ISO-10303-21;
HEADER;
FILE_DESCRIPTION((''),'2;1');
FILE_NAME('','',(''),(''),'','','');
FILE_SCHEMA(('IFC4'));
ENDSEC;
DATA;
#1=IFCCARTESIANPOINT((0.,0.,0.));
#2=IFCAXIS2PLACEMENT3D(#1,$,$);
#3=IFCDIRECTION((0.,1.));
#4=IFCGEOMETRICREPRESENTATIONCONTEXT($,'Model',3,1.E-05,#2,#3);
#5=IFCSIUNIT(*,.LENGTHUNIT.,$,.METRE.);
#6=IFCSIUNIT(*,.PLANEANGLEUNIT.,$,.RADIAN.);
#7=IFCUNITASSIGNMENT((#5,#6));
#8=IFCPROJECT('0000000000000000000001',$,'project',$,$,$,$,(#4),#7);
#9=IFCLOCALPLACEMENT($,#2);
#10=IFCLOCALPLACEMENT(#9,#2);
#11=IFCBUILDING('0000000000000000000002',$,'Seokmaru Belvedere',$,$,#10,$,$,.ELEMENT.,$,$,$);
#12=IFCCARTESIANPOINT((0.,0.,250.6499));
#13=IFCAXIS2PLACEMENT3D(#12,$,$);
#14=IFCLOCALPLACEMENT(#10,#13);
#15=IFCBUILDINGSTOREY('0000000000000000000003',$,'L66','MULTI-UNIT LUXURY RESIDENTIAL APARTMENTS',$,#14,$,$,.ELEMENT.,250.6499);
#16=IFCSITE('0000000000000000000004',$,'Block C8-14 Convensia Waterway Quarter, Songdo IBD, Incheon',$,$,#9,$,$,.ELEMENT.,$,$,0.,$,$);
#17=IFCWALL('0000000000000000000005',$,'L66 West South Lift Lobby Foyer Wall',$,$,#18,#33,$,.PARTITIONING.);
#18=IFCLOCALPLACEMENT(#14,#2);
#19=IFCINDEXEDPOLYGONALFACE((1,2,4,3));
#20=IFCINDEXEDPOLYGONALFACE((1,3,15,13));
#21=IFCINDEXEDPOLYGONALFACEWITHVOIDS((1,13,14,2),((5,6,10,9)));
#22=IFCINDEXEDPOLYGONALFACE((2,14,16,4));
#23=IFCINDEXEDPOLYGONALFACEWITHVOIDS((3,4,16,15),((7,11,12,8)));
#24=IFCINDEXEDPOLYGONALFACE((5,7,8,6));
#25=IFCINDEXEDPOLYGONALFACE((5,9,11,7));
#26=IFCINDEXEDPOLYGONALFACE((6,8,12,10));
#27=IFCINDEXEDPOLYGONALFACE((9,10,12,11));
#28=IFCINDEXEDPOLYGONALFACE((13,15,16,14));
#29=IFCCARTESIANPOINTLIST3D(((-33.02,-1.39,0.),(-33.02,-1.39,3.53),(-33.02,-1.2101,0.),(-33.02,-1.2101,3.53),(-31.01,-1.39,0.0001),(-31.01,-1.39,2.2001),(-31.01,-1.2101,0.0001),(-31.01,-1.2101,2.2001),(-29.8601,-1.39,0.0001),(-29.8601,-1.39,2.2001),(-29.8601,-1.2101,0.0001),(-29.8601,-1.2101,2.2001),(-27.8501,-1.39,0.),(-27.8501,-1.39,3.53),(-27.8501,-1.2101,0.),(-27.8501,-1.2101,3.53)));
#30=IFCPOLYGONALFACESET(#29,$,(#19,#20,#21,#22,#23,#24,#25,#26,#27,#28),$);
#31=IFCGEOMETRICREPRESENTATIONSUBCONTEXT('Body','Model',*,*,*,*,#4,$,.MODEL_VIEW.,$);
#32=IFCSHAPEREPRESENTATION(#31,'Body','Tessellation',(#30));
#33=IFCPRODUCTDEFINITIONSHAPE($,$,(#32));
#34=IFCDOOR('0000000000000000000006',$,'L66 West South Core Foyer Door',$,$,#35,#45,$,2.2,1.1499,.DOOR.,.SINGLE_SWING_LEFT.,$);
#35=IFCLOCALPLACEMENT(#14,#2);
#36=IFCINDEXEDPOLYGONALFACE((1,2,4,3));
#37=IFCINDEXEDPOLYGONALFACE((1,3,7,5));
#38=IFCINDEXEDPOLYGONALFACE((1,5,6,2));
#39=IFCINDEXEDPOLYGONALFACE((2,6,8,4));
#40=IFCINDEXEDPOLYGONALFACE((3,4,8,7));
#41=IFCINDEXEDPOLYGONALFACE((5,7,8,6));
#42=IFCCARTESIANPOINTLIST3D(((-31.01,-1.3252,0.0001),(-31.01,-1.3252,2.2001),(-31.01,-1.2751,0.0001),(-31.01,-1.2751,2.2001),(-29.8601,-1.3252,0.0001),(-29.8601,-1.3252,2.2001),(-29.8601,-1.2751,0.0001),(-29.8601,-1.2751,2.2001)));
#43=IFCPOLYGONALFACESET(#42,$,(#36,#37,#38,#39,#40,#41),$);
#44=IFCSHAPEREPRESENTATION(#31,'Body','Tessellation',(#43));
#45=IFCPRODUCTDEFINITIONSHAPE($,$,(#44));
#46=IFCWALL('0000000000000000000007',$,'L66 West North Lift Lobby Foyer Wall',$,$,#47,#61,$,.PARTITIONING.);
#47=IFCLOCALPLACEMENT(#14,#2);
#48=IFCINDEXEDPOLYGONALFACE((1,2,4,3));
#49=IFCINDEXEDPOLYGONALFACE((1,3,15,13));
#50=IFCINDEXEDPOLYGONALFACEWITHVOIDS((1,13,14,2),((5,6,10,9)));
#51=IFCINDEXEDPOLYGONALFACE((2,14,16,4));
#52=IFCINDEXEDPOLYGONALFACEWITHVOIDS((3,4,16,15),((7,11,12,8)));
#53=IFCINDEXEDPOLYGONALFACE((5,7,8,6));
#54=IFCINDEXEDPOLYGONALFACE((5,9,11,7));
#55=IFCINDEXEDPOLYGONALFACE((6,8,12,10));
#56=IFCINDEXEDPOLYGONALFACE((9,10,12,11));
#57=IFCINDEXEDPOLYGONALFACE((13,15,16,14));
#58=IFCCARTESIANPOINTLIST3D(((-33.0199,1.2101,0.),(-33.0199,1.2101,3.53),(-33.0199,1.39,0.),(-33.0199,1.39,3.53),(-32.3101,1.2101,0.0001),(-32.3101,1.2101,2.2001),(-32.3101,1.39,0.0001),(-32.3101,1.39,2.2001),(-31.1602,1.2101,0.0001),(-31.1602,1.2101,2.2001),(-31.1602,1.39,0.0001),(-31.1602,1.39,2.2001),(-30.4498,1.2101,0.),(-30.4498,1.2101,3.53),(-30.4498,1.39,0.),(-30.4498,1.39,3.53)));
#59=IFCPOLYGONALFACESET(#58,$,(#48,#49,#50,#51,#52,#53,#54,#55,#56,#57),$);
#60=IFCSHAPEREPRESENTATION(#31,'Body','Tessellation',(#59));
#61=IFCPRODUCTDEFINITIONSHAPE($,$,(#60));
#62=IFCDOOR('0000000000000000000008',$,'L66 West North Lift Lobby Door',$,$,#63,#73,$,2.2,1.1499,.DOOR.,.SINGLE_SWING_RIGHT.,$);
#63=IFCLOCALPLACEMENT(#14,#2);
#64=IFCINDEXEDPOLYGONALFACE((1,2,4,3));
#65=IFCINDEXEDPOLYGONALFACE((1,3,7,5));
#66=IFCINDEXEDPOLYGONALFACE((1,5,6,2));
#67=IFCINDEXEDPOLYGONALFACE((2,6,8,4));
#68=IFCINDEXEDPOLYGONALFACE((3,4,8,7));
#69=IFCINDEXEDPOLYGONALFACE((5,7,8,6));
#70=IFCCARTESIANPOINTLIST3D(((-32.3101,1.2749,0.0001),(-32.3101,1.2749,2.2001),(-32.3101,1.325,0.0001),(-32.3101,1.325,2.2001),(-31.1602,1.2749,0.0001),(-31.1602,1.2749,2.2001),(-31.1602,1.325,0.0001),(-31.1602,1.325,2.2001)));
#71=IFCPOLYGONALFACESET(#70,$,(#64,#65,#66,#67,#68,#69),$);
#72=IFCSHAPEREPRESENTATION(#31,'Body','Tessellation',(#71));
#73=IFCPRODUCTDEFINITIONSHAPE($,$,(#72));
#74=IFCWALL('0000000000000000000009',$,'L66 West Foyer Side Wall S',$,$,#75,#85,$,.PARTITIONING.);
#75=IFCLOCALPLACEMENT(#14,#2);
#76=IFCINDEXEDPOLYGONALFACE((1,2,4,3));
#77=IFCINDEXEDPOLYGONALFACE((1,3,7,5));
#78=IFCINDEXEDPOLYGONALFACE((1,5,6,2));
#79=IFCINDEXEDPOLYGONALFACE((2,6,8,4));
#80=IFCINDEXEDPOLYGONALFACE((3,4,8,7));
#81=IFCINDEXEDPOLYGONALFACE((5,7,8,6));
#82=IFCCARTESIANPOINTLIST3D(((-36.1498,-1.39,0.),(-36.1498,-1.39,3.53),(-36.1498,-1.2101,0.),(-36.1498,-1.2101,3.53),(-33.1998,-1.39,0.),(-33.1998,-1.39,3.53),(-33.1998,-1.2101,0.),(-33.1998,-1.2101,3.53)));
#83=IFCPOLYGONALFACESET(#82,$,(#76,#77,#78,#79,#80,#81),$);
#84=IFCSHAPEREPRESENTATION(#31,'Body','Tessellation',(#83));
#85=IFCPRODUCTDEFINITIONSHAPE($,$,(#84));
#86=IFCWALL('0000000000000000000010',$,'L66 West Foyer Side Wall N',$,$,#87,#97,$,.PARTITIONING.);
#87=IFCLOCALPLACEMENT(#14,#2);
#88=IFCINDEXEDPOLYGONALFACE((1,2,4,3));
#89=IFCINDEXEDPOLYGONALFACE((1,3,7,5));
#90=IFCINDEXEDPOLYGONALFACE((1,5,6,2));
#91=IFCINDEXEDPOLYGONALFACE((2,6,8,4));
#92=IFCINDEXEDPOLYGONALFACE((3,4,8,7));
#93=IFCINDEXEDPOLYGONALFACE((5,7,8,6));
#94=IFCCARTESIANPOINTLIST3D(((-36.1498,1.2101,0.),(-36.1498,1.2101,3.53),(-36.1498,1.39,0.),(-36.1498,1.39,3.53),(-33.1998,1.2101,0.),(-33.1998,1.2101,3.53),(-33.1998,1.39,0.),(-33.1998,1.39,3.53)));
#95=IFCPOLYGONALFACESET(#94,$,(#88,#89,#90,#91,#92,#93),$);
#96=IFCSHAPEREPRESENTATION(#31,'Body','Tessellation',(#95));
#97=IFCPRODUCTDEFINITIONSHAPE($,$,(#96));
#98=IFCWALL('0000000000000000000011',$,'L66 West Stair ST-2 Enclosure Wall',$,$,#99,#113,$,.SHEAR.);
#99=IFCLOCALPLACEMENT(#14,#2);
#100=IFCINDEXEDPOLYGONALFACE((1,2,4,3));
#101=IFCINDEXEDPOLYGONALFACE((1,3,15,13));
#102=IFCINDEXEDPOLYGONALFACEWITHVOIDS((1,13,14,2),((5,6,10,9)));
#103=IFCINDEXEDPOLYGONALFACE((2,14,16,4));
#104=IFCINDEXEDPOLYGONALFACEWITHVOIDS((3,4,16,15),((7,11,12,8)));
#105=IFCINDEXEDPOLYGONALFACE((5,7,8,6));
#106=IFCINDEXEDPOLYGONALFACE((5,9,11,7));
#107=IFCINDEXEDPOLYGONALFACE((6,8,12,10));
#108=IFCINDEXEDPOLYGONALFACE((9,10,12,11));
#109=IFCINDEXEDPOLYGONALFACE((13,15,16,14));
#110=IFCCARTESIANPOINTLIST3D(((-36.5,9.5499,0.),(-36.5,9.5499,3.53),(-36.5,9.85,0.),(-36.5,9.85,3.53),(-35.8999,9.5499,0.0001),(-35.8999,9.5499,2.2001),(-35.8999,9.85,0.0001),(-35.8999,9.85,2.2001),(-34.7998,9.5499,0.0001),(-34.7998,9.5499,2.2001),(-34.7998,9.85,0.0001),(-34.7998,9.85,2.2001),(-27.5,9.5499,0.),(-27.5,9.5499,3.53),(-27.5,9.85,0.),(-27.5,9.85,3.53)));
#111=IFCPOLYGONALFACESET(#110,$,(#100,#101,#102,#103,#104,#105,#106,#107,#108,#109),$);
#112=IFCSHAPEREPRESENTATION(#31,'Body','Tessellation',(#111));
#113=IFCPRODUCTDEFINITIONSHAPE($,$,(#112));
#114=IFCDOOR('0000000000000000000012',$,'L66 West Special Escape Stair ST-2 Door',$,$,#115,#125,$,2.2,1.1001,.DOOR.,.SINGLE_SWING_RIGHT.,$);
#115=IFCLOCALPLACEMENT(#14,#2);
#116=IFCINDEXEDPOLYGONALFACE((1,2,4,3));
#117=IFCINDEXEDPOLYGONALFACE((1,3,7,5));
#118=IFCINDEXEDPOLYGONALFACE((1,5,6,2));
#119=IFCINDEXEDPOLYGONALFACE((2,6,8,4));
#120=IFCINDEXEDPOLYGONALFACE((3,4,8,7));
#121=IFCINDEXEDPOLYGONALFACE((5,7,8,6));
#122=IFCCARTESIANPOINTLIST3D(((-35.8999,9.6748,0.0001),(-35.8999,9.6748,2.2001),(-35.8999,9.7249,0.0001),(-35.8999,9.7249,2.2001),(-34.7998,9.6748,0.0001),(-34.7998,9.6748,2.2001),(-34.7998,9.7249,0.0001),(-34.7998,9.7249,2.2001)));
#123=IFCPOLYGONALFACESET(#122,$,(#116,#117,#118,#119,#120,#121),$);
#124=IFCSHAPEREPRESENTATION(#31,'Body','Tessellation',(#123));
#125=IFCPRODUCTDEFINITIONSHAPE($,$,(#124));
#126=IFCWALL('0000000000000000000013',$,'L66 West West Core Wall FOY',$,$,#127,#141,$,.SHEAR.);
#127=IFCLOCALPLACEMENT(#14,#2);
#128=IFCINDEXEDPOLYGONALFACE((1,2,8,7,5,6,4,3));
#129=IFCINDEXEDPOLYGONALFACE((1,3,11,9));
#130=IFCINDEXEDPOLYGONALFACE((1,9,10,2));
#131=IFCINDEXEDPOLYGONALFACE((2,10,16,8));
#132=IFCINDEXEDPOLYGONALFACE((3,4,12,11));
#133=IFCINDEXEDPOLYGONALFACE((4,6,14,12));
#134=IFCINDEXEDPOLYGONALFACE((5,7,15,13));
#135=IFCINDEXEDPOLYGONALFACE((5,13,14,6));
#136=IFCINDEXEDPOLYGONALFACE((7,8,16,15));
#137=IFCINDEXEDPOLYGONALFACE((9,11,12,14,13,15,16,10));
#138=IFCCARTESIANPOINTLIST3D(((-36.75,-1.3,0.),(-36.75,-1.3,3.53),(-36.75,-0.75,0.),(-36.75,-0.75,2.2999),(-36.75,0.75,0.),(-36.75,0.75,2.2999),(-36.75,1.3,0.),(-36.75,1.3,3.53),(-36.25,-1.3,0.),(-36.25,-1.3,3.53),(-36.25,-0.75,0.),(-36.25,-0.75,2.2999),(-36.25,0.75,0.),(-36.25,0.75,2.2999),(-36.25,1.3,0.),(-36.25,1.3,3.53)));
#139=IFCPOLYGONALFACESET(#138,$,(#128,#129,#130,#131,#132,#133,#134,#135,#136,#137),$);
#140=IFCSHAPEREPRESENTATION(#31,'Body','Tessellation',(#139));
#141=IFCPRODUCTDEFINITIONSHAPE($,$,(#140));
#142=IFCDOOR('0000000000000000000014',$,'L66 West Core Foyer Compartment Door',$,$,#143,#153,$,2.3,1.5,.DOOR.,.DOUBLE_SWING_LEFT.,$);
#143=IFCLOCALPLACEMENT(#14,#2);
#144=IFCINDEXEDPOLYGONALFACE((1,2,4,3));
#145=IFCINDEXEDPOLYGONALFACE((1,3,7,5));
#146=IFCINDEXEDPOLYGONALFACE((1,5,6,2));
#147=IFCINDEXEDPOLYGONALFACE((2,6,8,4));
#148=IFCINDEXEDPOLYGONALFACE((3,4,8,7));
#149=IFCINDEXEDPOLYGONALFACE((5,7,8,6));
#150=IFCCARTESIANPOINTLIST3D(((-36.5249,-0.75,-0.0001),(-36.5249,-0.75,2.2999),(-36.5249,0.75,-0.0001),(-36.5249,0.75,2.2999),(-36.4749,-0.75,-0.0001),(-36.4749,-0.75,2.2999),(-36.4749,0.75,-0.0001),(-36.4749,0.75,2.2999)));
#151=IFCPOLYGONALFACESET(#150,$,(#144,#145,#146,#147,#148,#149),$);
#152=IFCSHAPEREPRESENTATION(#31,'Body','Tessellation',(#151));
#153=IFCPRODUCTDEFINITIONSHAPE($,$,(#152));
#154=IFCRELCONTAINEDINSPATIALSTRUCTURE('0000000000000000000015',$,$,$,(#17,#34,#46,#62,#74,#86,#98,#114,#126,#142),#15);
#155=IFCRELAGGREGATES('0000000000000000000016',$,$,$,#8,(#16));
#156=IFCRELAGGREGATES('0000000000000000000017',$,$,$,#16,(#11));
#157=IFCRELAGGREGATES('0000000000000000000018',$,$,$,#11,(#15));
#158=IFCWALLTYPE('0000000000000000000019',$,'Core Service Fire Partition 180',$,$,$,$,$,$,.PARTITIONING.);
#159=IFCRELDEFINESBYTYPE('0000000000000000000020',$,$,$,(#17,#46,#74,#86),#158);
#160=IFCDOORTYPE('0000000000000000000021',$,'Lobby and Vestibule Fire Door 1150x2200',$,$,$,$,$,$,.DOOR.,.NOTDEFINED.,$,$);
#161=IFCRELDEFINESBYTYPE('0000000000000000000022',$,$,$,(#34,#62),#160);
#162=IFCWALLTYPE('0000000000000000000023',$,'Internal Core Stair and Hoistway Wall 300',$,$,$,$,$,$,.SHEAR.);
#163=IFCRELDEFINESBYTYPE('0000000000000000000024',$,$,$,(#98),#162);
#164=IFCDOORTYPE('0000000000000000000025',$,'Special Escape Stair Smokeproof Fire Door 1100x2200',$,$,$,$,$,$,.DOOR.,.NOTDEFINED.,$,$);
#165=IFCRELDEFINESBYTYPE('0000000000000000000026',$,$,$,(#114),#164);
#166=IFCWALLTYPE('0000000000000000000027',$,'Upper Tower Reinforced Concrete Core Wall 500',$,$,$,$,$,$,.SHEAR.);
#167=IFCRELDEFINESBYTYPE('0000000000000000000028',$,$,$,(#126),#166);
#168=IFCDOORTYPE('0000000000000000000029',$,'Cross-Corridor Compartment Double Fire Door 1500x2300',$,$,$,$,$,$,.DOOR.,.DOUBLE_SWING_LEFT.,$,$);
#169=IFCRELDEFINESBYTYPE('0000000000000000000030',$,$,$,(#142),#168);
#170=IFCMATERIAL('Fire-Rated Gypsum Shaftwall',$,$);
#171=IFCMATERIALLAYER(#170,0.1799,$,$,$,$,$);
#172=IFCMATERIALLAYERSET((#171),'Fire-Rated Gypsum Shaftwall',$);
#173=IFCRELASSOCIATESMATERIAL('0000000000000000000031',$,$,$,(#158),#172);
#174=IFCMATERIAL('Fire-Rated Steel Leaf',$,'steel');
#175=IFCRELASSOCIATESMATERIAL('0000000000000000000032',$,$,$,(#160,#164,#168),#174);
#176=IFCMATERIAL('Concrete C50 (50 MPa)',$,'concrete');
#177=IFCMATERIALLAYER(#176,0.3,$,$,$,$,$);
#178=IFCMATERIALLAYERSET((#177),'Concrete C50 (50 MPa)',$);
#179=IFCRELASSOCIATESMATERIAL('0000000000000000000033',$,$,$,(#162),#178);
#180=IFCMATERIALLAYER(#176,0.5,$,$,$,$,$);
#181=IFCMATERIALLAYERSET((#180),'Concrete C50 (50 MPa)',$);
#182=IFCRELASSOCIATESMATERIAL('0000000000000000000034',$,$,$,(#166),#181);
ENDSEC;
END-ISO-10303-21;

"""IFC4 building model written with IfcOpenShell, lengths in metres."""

from ifc_helpers import new_model, si_unit, direction, frame, frame_2d, origin, place, context, subcontext, project, spatial, rectangle, extrude, source, transform, mapped, material, layer, layer_set, type_object, type_shapes, element, fill, save


model = new_model("IFC4")

# Units and contexts
model_context = context("Model", 3, precision=1e-05, world=origin(), true_north=direction((0.0, 1.0)))
body_context = subcontext(model_context, "Body", "Model", "MODEL_VIEW")
ifc_project = project(units=[si_unit("LENGTHUNIT", "METRE"), si_unit("PLANEANGLEUNIT", "RADIAN")], contexts=[model_context])

# Site, building, storey
site_placement = place(None, origin())
site = spatial("IfcSite", under=ifc_project, at=site_placement, Name="Block C8-14 Convensia Waterway Quarter, Songdo IBD, Incheon", CompositionType="ELEMENT", RefElevation=0.0)
building_placement = place(site_placement, origin())
building = spatial("IfcBuilding", under=site, at=building_placement, Name="Seokmaru Belvedere", CompositionType="ELEMENT")
storey_placement = place(building_placement, frame((0.0, 0.0, 250.6499)))
storey = spatial("IfcBuildingStorey", under=building, at=storey_placement, Name="L66", Description="MULTI-UNIT LUXURY RESIDENTIAL APARTMENTS", CompositionType="ELEMENT", Elevation=250.6499)

# Shared definitions
ifc_material_1 = material(Name="Fire-Rated Gypsum Shaftwall")
ifc_layer_1 = layer(ifc_material_1, 0.1799)
ifc_layer_set_1 = layer_set([ifc_layer_1], Name="Fire-Rated Gypsum Shaftwall")
wall_type_1 = type_object("IfcWallType", Name="Core Service Fire Partition 180", PredefinedType="PARTITIONING", material=ifc_layer_set_1)

# Walls, openings, doors
wall_1_placement = place(storey_placement, frame((-33.02, -1.3, 0.0), z_axis=(0.0, 0.0, 1.0), x_axis=(1.0, 0.0, 0.0)))
wall_1 = element("IfcWall", 1, at=wall_1_placement, inside=storey, type_object=wall_type_1, Name="L66 West South Lift Lobby Foyer Wall", PredefinedType="PARTITIONING", context=body_context, shape_type="SweptSolid", body=[
    extrude(rectangle(XDim=5.1699, YDim=0.1799, at=frame_2d((2.585, 0.0))), origin(), (0.0, 0.0, 1.0), 3.53),
])
opening_1_placement = place(wall_1_placement, frame((2.01, 0.0, 0.0)))
opening_1 = element("IfcOpeningElement", 2, at=opening_1_placement, cuts=wall_1, PredefinedType="OPENING", context=body_context, shape_type="SweptSolid", body=[
    extrude(rectangle(XDim=1.1499, YDim=2.2, at=frame_2d((0.575, 1.1001))), frame((0.0, 0.1001, 0.0), z_axis=(0.0, -1.0, 0.0), x_axis=(1.0, 0.0, 0.0)), (0.0, 0.0, 1.0), 0.2),
])
ifc_material_2 = material(Name="Fire-Rated Steel Leaf", Category="steel")
door_type_1 = type_object("IfcDoorType", Name="Lobby and Vestibule Fire Door 1150x2200", OperationType="NOTDEFINED", PredefinedType="DOOR", material=ifc_material_2)
shared_shape_1 = source(origin(), body_context, "Body", "SweptSolid", [
    extrude(rectangle(XDim=1.1499, YDim=2.2, at=frame_2d((0.575, 1.1001))), frame((0.0, 0.0249, 0.0), z_axis=(0.0, -1.0, 0.0), x_axis=(1.0, 0.0, 0.0)), (0.0, 0.0, 1.0), 0.05),
])
type_shapes(door_type_1, [shared_shape_1])
door_1_placement = place(opening_1_placement, origin())
door_1 = element("IfcDoor", 3, at=door_1_placement, inside=storey, type_object=door_type_1, Name="L66 West South Core Foyer Door", OperationType="SINGLE_SWING_LEFT", OverallHeight=2.2, OverallWidth=1.1499, PredefinedType="DOOR", context=body_context, shape_type="MappedRepresentation", body=[
    mapped(shared_shape_1, transform((0.0, 0.0, 0.0), scale=1.0)),
])
fill(opening_1, door_1)
wall_2_placement = place(storey_placement, frame((-33.02, 1.3, 0.0), z_axis=(0.0, 0.0, 1.0), x_axis=(1.0, 0.0, 0.0)))
wall_2 = element("IfcWall", 4, at=wall_2_placement, inside=storey, type_object=wall_type_1, Name="L66 West North Lift Lobby Foyer Wall", PredefinedType="PARTITIONING", context=body_context, shape_type="SweptSolid", body=[
    extrude(rectangle(XDim=2.5701, YDim=0.1799, at=frame_2d((1.2852, 0.0))), origin(), (0.0, 0.0, 1.0), 3.53),
])
opening_2_placement = place(wall_2_placement, frame((0.71, 0.0, 0.0)))
opening_2 = element("IfcOpeningElement", 5, at=opening_2_placement, cuts=wall_2, PredefinedType="OPENING", context=body_context, shape_type="SweptSolid", body=[
    extrude(rectangle(XDim=1.1499, YDim=2.2, at=frame_2d((0.575, 1.1001))), frame((0.0, 0.1001, 0.0), z_axis=(0.0, -1.0, 0.0), x_axis=(1.0, 0.0, 0.0)), (0.0, 0.0, 1.0), 0.2),
])
door_2_placement = place(opening_2_placement, origin())
door_2 = element("IfcDoor", 6, at=door_2_placement, inside=storey, type_object=door_type_1, Name="L66 West North Lift Lobby Door", OperationType="SINGLE_SWING_RIGHT", OverallHeight=2.2, OverallWidth=1.1499, PredefinedType="DOOR", context=body_context, shape_type="MappedRepresentation", body=[
    mapped(shared_shape_1, transform((0.0, 0.0, 0.0), scale=1.0)),
])
fill(opening_2, door_2)

# Walls
for number, where, z_axis, x_axis, name in (
    (7, (-36.1499, -1.3, 0.0), (0.0, 0.0, 1.0), (1.0, 0.0, 0.0), "L66 West Foyer Side Wall S"),
    (8, (-36.1499, 1.3, 0.0), (0.0, 0.0, 1.0), (1.0, 0.0, 0.0), "L66 West Foyer Side Wall N"),
):
    element("IfcWall", number, at=place(storey_placement, frame(where, z_axis=z_axis, x_axis=x_axis)), inside=storey, type_object=wall_type_1, Name=name, PredefinedType="PARTITIONING", context=body_context, shape_type="SweptSolid", body=[
        extrude(rectangle(XDim=2.95, YDim=0.1799, at=frame_2d((1.4751, 0.0))), origin(), (0.0, 0.0, 1.0), 3.53),
    ])

# Walls, openings, doors
ifc_material_3 = material(Name="Concrete C50 (50 MPa)", Category="concrete")
ifc_layer_2 = layer(ifc_material_3, 0.3)
ifc_layer_set_2 = layer_set([ifc_layer_2], Name="Concrete C50 (50 MPa)")
wall_type_2 = type_object("IfcWallType", Name="Internal Core Stair and Hoistway Wall 300", PredefinedType="SHEAR", material=ifc_layer_set_2)
wall_3_placement = place(storey_placement, frame((-36.5, 9.7, 0.0), z_axis=(0.0, 0.0, 1.0), x_axis=(1.0, 0.0, 0.0)))
wall_3 = element("IfcWall", 9, at=wall_3_placement, inside=storey, type_object=wall_type_2, Name="L66 West Stair ST-2 Enclosure Wall", PredefinedType="SHEAR", context=body_context, shape_type="SweptSolid", body=[
    extrude(rectangle(XDim=9.0, YDim=0.3, at=frame_2d((4.5, 0.0))), origin(), (0.0, 0.0, 1.0), 3.53),
])
opening_3_placement = place(wall_3_placement, frame((0.6001, 0.0, 0.0)))
opening_3 = element("IfcOpeningElement", 10, at=opening_3_placement, cuts=wall_3, PredefinedType="OPENING", context=body_context, shape_type="SweptSolid", body=[
    extrude(rectangle(XDim=1.1001, YDim=2.2, at=frame_2d((0.55, 1.1001))), frame((0.0, 0.1602, 0.0), z_axis=(0.0, -1.0, 0.0), x_axis=(1.0, 0.0, 0.0)), (0.0, 0.0, 1.0), 0.3201),
])
door_type_2 = type_object("IfcDoorType", Name="Special Escape Stair Smokeproof Fire Door 1100x2200", OperationType="NOTDEFINED", PredefinedType="DOOR", material=ifc_material_2)
shared_shape_2 = source(origin(), body_context, "Body", "SweptSolid", [
    extrude(rectangle(XDim=1.1001, YDim=2.2, at=frame_2d((0.55, 1.1001))), frame((0.0, 0.0249, 0.0), z_axis=(0.0, -1.0, 0.0), x_axis=(1.0, 0.0, 0.0)), (0.0, 0.0, 1.0), 0.05),
])
type_shapes(door_type_2, [shared_shape_2])
door_3_placement = place(opening_3_placement, origin())
door_3 = element("IfcDoor", 11, at=door_3_placement, inside=storey, type_object=door_type_2, Name="L66 West Special Escape Stair ST-2 Door", OperationType="SINGLE_SWING_RIGHT", OverallHeight=2.2, OverallWidth=1.1001, PredefinedType="DOOR", context=body_context, shape_type="MappedRepresentation", body=[
    mapped(shared_shape_2, transform((0.0, 0.0, 0.0), scale=1.0)),
])
fill(opening_3, door_3)
ifc_layer_3 = layer(ifc_material_3, 0.5)
ifc_layer_set_3 = layer_set([ifc_layer_3], Name="Concrete C50 (50 MPa)")
wall_type_3 = type_object("IfcWallType", Name="Upper Tower Reinforced Concrete Core Wall 500", PredefinedType="SHEAR", material=ifc_layer_set_3)
wall_4_placement = place(storey_placement, frame((-36.5, -1.3, 0.0), z_axis=(0.0, 0.0, 1.0), x_axis=(0.0, 1.0, 0.0)))
wall_4 = element("IfcWall", 12, at=wall_4_placement, inside=storey, type_object=wall_type_3, Name="L66 West West Core Wall FOY", PredefinedType="SHEAR", context=body_context, shape_type="SweptSolid", body=[
    extrude(rectangle(XDim=2.6001, YDim=0.5, at=frame_2d((1.3, 0.0))), origin(), (0.0, 0.0, 1.0), 3.53),
])
opening_4_placement = place(wall_4_placement, frame((0.55, 0.0, 0.0)))
opening_4 = element("IfcOpeningElement", 13, at=opening_4_placement, cuts=wall_4, PredefinedType="OPENING", context=body_context, shape_type="SweptSolid", body=[
    extrude(rectangle(XDim=1.5, YDim=2.3, at=frame_2d((0.75, 1.1499))), frame((0.0, 0.26, 0.0), z_axis=(0.0, -1.0, 0.0), x_axis=(1.0, 0.0, 0.0)), (0.0, 0.0, 1.0), 0.52),
])
door_type_3 = type_object("IfcDoorType", Name="Cross-Corridor Compartment Double Fire Door 1500x2300", OperationType="DOUBLE_SWING_LEFT", PredefinedType="DOOR", material=ifc_material_2)
shared_shape_3 = source(origin(), body_context, "Body", "SweptSolid", [
    extrude(rectangle(XDim=1.5, YDim=2.3, at=frame_2d((0.75, 1.1499))), frame((0.0, 0.0249, 0.0), z_axis=(0.0, -1.0, 0.0), x_axis=(1.0, 0.0, 0.0)), (0.0, 0.0, 1.0), 0.05),
])
type_shapes(door_type_3, [shared_shape_3])
door_4_placement = place(opening_4_placement, origin())
door_4 = element("IfcDoor", 14, at=door_4_placement, inside=storey, type_object=door_type_3, Name="L66 West Core Foyer Compartment Door", OperationType="DOUBLE_SWING_LEFT", OverallHeight=2.3, OverallWidth=1.5, PredefinedType="DOOR", context=body_context, shape_type="MappedRepresentation", body=[
    mapped(shared_shape_3, transform((0.0, 0.0, 0.0), scale=1.0)),
])
fill(opening_4, door_4)

save(model, "model.ifc")
